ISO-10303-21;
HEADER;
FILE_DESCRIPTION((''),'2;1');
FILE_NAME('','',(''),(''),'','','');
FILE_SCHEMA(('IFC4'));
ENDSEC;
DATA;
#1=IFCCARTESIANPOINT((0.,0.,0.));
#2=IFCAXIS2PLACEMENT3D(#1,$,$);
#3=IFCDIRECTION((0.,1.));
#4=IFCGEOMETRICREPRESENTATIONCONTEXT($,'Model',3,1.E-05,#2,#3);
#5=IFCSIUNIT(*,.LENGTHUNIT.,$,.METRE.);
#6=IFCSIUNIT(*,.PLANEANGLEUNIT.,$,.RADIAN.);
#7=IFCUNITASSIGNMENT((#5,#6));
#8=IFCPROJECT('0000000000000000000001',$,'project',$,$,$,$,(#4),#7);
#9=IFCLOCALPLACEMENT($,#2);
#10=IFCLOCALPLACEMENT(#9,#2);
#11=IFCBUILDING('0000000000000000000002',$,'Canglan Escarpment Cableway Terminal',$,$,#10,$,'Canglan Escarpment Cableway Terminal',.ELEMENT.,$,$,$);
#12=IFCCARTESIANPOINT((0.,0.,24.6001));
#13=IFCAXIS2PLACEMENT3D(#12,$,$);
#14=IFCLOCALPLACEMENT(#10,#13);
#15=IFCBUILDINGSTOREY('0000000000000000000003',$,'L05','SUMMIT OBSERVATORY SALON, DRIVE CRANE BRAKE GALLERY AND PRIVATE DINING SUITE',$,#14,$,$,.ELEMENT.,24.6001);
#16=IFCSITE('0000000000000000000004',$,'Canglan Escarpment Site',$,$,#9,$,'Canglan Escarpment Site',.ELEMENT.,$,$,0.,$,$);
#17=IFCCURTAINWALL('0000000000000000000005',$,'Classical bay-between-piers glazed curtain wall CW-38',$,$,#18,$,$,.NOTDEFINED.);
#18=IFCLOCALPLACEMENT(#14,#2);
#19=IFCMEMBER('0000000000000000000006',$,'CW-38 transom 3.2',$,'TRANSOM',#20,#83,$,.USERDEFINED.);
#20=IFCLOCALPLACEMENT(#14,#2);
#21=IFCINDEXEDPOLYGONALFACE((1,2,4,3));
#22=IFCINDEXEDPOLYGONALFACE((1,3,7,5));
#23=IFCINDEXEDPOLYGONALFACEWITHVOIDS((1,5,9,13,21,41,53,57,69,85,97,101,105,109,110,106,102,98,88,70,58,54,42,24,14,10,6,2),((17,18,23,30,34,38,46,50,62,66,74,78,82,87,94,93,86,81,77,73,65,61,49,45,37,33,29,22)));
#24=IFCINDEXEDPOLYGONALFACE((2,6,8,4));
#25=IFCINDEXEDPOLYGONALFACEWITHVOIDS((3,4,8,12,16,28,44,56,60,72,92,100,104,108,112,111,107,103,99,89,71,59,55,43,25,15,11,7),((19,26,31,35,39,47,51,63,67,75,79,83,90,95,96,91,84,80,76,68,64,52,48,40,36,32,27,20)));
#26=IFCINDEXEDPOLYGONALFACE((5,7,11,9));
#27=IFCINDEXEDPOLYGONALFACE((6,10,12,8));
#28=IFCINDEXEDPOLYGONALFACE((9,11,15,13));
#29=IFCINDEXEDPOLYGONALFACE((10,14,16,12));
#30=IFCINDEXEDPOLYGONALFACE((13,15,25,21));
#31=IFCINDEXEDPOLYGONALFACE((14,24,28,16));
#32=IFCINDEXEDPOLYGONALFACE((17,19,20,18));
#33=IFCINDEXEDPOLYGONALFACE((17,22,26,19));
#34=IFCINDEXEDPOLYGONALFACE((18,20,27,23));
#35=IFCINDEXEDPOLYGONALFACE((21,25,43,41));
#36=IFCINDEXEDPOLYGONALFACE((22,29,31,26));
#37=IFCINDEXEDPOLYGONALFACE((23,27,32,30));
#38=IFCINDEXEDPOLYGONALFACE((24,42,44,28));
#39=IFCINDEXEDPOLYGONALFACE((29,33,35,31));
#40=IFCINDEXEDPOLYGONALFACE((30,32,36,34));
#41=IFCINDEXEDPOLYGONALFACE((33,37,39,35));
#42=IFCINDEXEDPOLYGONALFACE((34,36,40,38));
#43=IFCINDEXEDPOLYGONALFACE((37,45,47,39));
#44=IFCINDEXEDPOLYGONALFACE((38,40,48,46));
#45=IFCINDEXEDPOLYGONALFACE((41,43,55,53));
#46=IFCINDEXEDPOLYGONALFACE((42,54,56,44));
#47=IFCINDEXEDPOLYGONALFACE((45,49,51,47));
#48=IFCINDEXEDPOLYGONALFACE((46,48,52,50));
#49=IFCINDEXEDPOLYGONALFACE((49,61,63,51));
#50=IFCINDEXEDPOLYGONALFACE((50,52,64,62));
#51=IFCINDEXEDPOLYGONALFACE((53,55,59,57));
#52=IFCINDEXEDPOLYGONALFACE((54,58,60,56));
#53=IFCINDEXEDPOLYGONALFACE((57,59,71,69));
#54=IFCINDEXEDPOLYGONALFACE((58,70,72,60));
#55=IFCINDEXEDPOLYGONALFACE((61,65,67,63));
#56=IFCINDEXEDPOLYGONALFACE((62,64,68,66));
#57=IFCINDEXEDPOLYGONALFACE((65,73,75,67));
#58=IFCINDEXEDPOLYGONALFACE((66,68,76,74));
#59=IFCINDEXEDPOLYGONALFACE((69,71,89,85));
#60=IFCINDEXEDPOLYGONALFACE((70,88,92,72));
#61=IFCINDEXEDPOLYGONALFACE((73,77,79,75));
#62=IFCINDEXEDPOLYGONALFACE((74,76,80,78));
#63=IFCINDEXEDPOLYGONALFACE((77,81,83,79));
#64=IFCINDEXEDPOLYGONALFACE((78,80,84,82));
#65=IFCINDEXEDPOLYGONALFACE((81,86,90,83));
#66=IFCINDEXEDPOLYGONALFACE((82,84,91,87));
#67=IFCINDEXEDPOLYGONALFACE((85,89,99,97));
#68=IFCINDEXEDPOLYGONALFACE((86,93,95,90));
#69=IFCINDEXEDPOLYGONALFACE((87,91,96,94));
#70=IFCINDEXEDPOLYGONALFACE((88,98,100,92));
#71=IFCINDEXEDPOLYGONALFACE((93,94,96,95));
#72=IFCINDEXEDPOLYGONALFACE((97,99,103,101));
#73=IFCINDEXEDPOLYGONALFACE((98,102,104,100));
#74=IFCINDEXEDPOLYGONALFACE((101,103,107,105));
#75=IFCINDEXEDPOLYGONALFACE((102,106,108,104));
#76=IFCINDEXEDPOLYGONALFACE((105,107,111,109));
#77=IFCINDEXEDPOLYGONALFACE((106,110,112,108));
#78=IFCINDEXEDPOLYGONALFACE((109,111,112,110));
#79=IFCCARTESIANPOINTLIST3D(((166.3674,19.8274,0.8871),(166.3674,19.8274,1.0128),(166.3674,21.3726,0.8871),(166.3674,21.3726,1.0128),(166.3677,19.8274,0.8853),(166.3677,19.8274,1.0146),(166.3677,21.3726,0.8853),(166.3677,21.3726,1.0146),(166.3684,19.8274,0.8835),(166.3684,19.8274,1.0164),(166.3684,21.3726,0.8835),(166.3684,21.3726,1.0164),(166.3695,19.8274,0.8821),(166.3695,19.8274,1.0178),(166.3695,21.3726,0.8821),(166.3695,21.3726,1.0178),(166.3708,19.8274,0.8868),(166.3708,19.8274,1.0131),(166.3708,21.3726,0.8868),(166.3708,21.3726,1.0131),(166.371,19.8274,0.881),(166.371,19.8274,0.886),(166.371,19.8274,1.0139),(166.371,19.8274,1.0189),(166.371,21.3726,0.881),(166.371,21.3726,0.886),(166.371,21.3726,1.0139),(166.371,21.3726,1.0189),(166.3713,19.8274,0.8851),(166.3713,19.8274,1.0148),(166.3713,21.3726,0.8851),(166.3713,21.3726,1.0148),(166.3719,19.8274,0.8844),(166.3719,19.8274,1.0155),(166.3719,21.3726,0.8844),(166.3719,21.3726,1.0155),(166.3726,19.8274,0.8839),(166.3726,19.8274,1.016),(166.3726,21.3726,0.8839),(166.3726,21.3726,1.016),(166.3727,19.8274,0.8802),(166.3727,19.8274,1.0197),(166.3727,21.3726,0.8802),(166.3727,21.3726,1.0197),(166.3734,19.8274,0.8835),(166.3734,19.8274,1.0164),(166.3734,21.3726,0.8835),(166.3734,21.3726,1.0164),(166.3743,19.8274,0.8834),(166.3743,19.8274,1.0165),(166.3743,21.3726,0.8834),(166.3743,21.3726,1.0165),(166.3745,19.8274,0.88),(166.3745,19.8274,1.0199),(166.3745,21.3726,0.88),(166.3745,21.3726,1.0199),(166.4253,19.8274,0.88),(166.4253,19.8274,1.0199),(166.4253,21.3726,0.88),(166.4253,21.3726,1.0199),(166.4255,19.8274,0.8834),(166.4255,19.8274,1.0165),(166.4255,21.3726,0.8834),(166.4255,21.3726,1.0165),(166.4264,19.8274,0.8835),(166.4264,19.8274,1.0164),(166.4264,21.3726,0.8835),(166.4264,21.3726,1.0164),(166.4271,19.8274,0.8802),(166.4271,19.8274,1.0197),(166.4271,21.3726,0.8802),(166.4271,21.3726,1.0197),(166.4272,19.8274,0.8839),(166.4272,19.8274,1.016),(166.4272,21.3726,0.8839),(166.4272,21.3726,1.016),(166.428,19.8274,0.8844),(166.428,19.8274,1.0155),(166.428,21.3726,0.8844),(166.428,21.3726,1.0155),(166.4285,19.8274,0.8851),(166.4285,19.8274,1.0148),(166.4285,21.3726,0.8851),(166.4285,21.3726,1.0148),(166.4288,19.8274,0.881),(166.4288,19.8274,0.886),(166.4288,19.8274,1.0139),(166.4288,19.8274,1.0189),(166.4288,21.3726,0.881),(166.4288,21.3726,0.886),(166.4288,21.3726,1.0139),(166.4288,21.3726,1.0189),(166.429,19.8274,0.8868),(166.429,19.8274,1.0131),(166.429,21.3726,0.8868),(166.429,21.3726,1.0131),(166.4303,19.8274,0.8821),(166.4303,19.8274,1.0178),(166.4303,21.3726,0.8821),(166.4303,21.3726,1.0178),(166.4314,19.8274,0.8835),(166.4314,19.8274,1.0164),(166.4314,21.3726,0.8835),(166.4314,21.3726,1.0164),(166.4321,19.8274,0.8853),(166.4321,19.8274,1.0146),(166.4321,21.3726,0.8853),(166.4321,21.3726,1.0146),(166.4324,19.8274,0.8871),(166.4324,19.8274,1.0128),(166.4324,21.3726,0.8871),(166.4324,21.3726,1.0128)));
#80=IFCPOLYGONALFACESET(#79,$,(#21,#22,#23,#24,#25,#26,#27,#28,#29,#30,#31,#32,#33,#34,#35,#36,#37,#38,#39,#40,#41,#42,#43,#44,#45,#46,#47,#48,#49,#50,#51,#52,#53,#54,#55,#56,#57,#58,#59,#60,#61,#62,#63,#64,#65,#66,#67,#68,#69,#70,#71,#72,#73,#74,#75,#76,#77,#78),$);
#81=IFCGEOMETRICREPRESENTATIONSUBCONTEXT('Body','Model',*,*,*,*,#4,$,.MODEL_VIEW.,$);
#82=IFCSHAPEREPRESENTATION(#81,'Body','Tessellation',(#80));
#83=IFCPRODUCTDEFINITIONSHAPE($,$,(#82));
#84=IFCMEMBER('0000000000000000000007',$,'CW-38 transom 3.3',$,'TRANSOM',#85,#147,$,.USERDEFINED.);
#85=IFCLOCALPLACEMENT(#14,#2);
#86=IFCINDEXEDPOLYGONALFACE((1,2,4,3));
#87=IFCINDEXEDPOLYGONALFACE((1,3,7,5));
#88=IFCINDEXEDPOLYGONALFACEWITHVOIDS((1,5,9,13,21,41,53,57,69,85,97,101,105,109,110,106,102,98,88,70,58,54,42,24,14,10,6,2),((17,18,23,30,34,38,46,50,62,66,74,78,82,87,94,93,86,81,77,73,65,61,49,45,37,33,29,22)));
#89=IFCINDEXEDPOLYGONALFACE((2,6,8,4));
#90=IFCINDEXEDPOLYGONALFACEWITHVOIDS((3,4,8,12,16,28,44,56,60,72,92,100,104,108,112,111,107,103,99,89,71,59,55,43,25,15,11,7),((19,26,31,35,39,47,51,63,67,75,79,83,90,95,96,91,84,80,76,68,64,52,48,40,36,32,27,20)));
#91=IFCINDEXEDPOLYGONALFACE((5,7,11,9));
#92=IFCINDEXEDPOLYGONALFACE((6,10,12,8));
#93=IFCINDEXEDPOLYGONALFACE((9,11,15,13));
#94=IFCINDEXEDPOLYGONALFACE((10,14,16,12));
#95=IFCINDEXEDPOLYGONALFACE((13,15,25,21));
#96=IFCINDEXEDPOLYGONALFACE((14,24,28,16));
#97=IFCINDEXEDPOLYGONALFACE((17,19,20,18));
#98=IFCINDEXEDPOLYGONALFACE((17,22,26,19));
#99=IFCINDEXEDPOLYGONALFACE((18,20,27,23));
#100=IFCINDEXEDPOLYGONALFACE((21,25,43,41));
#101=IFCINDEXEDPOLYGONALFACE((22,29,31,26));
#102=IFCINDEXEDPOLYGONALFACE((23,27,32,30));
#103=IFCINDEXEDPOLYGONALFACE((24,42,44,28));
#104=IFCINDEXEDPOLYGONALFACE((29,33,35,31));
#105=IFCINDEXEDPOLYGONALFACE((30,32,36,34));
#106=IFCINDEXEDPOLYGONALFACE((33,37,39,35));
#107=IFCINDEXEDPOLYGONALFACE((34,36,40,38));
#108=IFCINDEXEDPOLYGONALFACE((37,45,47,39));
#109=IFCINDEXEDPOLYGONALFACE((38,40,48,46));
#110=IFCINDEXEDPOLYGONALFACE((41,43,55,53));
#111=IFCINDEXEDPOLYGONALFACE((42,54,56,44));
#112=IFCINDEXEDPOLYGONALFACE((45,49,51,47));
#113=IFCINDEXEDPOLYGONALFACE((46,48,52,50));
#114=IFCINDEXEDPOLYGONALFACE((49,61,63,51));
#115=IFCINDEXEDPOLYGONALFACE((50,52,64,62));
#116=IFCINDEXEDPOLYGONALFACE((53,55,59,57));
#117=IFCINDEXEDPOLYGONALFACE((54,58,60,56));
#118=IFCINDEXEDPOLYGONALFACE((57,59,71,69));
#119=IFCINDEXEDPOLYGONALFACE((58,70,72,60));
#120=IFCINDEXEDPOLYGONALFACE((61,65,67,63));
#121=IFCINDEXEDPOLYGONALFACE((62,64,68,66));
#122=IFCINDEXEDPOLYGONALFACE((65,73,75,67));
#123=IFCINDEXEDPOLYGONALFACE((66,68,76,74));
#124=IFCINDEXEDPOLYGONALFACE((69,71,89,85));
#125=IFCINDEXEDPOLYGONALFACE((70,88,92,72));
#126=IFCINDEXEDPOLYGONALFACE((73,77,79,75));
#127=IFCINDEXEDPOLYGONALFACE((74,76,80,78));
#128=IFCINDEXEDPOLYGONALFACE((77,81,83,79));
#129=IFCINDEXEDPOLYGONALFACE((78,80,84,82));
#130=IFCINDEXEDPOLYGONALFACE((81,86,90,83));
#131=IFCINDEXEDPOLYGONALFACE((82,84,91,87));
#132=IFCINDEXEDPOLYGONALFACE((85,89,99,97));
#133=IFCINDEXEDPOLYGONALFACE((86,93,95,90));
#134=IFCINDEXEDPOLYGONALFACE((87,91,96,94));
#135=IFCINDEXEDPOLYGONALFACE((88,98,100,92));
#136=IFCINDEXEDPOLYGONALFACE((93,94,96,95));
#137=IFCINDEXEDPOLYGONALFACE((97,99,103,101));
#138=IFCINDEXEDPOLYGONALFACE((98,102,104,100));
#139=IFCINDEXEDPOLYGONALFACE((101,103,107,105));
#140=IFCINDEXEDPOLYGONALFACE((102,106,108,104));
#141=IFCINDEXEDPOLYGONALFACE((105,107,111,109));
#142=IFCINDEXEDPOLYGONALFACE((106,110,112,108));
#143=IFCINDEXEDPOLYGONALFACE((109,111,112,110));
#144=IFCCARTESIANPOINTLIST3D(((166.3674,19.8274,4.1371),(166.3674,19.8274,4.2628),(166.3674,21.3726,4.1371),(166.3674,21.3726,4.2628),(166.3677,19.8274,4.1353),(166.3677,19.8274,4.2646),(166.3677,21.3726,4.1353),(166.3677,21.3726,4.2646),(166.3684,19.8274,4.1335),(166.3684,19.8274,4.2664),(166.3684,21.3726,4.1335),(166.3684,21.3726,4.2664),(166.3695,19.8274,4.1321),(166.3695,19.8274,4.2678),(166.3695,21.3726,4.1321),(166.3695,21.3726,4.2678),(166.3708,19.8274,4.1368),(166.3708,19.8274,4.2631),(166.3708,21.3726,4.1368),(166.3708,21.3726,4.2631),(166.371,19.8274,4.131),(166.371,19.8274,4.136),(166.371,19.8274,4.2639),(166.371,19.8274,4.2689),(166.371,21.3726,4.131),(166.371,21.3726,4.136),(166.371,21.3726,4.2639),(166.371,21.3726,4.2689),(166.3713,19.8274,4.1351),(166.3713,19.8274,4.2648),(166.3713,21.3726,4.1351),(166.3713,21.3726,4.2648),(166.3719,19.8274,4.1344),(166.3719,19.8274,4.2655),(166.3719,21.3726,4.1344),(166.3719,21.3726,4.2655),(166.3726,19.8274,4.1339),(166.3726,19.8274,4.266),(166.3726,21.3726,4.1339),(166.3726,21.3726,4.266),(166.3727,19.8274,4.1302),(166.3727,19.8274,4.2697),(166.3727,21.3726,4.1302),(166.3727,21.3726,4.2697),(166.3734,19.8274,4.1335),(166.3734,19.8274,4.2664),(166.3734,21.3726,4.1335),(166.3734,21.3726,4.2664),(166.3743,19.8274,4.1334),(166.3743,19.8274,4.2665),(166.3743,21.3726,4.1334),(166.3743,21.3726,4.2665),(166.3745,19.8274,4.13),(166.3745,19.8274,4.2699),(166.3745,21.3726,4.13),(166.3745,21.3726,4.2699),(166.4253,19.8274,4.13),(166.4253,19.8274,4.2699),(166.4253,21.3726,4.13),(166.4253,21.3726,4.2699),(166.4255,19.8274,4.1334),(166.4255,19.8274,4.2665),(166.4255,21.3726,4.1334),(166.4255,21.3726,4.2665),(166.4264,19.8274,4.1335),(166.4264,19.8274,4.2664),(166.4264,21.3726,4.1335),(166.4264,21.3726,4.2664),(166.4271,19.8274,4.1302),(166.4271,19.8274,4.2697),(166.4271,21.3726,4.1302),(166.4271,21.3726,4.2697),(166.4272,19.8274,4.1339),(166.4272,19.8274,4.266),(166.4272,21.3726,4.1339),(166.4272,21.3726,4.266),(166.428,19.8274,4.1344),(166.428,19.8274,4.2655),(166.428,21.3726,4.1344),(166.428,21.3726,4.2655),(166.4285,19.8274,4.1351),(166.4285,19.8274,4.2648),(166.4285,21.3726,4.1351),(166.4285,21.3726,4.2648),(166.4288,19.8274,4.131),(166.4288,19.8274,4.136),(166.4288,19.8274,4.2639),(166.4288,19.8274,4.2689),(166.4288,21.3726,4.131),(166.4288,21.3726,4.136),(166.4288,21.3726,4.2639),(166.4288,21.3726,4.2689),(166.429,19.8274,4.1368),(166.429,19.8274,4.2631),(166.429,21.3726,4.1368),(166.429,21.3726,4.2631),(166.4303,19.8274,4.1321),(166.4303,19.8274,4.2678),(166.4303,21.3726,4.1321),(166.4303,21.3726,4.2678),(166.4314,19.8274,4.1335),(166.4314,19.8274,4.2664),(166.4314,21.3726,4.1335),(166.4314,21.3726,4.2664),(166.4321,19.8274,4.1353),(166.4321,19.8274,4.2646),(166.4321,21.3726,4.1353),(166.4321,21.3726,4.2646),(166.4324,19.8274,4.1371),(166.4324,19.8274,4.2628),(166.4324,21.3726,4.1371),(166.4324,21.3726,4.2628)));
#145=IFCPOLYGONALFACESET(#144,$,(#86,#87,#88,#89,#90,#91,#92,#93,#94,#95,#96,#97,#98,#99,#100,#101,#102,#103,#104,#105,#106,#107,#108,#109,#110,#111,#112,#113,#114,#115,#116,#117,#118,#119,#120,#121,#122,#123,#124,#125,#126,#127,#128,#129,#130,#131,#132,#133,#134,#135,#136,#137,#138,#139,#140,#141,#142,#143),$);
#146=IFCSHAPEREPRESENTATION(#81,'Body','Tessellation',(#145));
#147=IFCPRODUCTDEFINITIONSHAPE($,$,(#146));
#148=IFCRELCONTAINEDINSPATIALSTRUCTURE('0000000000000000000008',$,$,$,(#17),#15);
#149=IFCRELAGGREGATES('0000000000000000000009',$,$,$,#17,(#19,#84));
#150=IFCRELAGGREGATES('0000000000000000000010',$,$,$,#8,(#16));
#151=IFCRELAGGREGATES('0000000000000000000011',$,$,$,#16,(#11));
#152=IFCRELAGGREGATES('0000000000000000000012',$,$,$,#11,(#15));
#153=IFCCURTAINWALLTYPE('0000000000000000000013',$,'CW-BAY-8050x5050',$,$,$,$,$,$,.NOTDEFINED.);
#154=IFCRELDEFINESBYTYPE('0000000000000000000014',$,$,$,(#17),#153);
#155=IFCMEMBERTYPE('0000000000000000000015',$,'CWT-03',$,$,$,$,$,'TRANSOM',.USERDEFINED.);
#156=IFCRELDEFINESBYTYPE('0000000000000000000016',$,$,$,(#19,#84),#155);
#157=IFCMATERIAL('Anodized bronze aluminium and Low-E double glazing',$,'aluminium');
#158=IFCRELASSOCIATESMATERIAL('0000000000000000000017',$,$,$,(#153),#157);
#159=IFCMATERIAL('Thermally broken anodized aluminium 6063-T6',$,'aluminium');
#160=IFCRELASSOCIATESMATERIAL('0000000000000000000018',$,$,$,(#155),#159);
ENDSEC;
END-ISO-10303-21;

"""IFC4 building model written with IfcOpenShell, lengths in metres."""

from ifc_helpers import new_model, si_unit, direction, frame, origin, origin_2d, place, context, subcontext, project, spatial, hollow_rectangle, extrude, material, material_profile, profile_set, type_object, element, aggregate, save


model = new_model("IFC4")

# Units and contexts
model_context = context("Model", 3, precision=1e-05, world=origin(), true_north=direction((0.0, 1.0)))
body_context = subcontext(model_context, "Body", "Model", "MODEL_VIEW")
ifc_project = project(units=[si_unit("LENGTHUNIT", "METRE"), si_unit("PLANEANGLEUNIT", "RADIAN")], contexts=[model_context])

# Site, building, storey
site_placement = place(None, origin())
site = spatial("IfcSite", under=ifc_project, at=site_placement, Name="Canglan Escarpment Site", LongName="Canglan Escarpment Site", CompositionType="ELEMENT", RefElevation=0.0)
building_placement = place(site_placement, origin())
building = spatial("IfcBuilding", under=site, at=building_placement, Name="Canglan Escarpment Cableway Terminal", LongName="Canglan Escarpment Cableway Terminal", CompositionType="ELEMENT")
storey_placement = place(building_placement, frame((0.0, 0.0, 24.6001)))
storey = spatial("IfcBuildingStorey", under=building, at=storey_placement, Name="L05", Description="SUMMIT OBSERVATORY SALON, DRIVE CRANE BRAKE GALLERY AND PRIVATE DINING SUITE", CompositionType="ELEMENT", Elevation=24.6001)

# Curtain wall, members
ifc_material_1 = material(Name="Anodized bronze aluminium and Low-E double glazing", Category="aluminium")
curtain_wall_type = type_object("IfcCurtainWallType", Name="CW-BAY-8050x5050", PredefinedType="NOTDEFINED", material=ifc_material_1)
curtain_wall_placement = place(storey_placement, origin())
curtain_wall = element("IfcCurtainWall", 1, at=curtain_wall_placement, inside=storey, type_object=curtain_wall_type, Name="Classical bay-between-piers glazed curtain wall CW-38", PredefinedType="NOTDEFINED")
ifc_material_2 = material(Name="Thermally broken anodized aluminium 6063-T6", Category="aluminium")
ifc_material_profile_1 = material_profile(ifc_material_2, hollow_rectangle(XDim=0.0649, YDim=0.1399, WallThickness=0.0034, InnerFilletRadius=0.0034, OuterFilletRadius=0.0071, at=origin_2d()), Name="ALU-TRAN 65x140x3.5")
ifc_profile_set_1 = profile_set([ifc_material_profile_1], Name="Thermally broken anodized aluminium 6063-T6")
member_type_1 = type_object("IfcMemberType", Name="CWT-03", ElementType="TRANSOM", PredefinedType="USERDEFINED", material=ifc_profile_set_1)
member_1_placement = place(storey_placement, frame((166.3999, 19.8274, 0.95), z_axis=(0.0, 1.0, 0.0), x_axis=(-1.0, 0.0, 0.0)))
member_1 = element("IfcMember", 2, at=member_1_placement, type_object=member_type_1, Name="CW-38 transom 3.2", ObjectType="TRANSOM", PredefinedType="USERDEFINED", context=body_context, shape_type="SweptSolid", body=[
    extrude(hollow_rectangle(XDim=0.0649, YDim=0.1399, WallThickness=0.0034, InnerFilletRadius=0.0034, OuterFilletRadius=0.0071, at=origin_2d()), origin(), (0.0, 0.0, 1.0), 1.5452),
])
member_2_placement = place(storey_placement, frame((166.3999, 19.8274, 4.2), z_axis=(0.0, 1.0, 0.0), x_axis=(-1.0, 0.0, 0.0)))
member_2 = element("IfcMember", 3, at=member_2_placement, type_object=member_type_1, Name="CW-38 transom 3.3", ObjectType="TRANSOM", PredefinedType="USERDEFINED", context=body_context, shape_type="SweptSolid", body=[
    extrude(hollow_rectangle(XDim=0.0649, YDim=0.1399, WallThickness=0.0034, InnerFilletRadius=0.0034, OuterFilletRadius=0.0071, at=origin_2d()), origin(), (0.0, 0.0, 1.0), 1.5452),
])
aggregate(curtain_wall, [member_1, member_2])

save(model, "model.ifc")
